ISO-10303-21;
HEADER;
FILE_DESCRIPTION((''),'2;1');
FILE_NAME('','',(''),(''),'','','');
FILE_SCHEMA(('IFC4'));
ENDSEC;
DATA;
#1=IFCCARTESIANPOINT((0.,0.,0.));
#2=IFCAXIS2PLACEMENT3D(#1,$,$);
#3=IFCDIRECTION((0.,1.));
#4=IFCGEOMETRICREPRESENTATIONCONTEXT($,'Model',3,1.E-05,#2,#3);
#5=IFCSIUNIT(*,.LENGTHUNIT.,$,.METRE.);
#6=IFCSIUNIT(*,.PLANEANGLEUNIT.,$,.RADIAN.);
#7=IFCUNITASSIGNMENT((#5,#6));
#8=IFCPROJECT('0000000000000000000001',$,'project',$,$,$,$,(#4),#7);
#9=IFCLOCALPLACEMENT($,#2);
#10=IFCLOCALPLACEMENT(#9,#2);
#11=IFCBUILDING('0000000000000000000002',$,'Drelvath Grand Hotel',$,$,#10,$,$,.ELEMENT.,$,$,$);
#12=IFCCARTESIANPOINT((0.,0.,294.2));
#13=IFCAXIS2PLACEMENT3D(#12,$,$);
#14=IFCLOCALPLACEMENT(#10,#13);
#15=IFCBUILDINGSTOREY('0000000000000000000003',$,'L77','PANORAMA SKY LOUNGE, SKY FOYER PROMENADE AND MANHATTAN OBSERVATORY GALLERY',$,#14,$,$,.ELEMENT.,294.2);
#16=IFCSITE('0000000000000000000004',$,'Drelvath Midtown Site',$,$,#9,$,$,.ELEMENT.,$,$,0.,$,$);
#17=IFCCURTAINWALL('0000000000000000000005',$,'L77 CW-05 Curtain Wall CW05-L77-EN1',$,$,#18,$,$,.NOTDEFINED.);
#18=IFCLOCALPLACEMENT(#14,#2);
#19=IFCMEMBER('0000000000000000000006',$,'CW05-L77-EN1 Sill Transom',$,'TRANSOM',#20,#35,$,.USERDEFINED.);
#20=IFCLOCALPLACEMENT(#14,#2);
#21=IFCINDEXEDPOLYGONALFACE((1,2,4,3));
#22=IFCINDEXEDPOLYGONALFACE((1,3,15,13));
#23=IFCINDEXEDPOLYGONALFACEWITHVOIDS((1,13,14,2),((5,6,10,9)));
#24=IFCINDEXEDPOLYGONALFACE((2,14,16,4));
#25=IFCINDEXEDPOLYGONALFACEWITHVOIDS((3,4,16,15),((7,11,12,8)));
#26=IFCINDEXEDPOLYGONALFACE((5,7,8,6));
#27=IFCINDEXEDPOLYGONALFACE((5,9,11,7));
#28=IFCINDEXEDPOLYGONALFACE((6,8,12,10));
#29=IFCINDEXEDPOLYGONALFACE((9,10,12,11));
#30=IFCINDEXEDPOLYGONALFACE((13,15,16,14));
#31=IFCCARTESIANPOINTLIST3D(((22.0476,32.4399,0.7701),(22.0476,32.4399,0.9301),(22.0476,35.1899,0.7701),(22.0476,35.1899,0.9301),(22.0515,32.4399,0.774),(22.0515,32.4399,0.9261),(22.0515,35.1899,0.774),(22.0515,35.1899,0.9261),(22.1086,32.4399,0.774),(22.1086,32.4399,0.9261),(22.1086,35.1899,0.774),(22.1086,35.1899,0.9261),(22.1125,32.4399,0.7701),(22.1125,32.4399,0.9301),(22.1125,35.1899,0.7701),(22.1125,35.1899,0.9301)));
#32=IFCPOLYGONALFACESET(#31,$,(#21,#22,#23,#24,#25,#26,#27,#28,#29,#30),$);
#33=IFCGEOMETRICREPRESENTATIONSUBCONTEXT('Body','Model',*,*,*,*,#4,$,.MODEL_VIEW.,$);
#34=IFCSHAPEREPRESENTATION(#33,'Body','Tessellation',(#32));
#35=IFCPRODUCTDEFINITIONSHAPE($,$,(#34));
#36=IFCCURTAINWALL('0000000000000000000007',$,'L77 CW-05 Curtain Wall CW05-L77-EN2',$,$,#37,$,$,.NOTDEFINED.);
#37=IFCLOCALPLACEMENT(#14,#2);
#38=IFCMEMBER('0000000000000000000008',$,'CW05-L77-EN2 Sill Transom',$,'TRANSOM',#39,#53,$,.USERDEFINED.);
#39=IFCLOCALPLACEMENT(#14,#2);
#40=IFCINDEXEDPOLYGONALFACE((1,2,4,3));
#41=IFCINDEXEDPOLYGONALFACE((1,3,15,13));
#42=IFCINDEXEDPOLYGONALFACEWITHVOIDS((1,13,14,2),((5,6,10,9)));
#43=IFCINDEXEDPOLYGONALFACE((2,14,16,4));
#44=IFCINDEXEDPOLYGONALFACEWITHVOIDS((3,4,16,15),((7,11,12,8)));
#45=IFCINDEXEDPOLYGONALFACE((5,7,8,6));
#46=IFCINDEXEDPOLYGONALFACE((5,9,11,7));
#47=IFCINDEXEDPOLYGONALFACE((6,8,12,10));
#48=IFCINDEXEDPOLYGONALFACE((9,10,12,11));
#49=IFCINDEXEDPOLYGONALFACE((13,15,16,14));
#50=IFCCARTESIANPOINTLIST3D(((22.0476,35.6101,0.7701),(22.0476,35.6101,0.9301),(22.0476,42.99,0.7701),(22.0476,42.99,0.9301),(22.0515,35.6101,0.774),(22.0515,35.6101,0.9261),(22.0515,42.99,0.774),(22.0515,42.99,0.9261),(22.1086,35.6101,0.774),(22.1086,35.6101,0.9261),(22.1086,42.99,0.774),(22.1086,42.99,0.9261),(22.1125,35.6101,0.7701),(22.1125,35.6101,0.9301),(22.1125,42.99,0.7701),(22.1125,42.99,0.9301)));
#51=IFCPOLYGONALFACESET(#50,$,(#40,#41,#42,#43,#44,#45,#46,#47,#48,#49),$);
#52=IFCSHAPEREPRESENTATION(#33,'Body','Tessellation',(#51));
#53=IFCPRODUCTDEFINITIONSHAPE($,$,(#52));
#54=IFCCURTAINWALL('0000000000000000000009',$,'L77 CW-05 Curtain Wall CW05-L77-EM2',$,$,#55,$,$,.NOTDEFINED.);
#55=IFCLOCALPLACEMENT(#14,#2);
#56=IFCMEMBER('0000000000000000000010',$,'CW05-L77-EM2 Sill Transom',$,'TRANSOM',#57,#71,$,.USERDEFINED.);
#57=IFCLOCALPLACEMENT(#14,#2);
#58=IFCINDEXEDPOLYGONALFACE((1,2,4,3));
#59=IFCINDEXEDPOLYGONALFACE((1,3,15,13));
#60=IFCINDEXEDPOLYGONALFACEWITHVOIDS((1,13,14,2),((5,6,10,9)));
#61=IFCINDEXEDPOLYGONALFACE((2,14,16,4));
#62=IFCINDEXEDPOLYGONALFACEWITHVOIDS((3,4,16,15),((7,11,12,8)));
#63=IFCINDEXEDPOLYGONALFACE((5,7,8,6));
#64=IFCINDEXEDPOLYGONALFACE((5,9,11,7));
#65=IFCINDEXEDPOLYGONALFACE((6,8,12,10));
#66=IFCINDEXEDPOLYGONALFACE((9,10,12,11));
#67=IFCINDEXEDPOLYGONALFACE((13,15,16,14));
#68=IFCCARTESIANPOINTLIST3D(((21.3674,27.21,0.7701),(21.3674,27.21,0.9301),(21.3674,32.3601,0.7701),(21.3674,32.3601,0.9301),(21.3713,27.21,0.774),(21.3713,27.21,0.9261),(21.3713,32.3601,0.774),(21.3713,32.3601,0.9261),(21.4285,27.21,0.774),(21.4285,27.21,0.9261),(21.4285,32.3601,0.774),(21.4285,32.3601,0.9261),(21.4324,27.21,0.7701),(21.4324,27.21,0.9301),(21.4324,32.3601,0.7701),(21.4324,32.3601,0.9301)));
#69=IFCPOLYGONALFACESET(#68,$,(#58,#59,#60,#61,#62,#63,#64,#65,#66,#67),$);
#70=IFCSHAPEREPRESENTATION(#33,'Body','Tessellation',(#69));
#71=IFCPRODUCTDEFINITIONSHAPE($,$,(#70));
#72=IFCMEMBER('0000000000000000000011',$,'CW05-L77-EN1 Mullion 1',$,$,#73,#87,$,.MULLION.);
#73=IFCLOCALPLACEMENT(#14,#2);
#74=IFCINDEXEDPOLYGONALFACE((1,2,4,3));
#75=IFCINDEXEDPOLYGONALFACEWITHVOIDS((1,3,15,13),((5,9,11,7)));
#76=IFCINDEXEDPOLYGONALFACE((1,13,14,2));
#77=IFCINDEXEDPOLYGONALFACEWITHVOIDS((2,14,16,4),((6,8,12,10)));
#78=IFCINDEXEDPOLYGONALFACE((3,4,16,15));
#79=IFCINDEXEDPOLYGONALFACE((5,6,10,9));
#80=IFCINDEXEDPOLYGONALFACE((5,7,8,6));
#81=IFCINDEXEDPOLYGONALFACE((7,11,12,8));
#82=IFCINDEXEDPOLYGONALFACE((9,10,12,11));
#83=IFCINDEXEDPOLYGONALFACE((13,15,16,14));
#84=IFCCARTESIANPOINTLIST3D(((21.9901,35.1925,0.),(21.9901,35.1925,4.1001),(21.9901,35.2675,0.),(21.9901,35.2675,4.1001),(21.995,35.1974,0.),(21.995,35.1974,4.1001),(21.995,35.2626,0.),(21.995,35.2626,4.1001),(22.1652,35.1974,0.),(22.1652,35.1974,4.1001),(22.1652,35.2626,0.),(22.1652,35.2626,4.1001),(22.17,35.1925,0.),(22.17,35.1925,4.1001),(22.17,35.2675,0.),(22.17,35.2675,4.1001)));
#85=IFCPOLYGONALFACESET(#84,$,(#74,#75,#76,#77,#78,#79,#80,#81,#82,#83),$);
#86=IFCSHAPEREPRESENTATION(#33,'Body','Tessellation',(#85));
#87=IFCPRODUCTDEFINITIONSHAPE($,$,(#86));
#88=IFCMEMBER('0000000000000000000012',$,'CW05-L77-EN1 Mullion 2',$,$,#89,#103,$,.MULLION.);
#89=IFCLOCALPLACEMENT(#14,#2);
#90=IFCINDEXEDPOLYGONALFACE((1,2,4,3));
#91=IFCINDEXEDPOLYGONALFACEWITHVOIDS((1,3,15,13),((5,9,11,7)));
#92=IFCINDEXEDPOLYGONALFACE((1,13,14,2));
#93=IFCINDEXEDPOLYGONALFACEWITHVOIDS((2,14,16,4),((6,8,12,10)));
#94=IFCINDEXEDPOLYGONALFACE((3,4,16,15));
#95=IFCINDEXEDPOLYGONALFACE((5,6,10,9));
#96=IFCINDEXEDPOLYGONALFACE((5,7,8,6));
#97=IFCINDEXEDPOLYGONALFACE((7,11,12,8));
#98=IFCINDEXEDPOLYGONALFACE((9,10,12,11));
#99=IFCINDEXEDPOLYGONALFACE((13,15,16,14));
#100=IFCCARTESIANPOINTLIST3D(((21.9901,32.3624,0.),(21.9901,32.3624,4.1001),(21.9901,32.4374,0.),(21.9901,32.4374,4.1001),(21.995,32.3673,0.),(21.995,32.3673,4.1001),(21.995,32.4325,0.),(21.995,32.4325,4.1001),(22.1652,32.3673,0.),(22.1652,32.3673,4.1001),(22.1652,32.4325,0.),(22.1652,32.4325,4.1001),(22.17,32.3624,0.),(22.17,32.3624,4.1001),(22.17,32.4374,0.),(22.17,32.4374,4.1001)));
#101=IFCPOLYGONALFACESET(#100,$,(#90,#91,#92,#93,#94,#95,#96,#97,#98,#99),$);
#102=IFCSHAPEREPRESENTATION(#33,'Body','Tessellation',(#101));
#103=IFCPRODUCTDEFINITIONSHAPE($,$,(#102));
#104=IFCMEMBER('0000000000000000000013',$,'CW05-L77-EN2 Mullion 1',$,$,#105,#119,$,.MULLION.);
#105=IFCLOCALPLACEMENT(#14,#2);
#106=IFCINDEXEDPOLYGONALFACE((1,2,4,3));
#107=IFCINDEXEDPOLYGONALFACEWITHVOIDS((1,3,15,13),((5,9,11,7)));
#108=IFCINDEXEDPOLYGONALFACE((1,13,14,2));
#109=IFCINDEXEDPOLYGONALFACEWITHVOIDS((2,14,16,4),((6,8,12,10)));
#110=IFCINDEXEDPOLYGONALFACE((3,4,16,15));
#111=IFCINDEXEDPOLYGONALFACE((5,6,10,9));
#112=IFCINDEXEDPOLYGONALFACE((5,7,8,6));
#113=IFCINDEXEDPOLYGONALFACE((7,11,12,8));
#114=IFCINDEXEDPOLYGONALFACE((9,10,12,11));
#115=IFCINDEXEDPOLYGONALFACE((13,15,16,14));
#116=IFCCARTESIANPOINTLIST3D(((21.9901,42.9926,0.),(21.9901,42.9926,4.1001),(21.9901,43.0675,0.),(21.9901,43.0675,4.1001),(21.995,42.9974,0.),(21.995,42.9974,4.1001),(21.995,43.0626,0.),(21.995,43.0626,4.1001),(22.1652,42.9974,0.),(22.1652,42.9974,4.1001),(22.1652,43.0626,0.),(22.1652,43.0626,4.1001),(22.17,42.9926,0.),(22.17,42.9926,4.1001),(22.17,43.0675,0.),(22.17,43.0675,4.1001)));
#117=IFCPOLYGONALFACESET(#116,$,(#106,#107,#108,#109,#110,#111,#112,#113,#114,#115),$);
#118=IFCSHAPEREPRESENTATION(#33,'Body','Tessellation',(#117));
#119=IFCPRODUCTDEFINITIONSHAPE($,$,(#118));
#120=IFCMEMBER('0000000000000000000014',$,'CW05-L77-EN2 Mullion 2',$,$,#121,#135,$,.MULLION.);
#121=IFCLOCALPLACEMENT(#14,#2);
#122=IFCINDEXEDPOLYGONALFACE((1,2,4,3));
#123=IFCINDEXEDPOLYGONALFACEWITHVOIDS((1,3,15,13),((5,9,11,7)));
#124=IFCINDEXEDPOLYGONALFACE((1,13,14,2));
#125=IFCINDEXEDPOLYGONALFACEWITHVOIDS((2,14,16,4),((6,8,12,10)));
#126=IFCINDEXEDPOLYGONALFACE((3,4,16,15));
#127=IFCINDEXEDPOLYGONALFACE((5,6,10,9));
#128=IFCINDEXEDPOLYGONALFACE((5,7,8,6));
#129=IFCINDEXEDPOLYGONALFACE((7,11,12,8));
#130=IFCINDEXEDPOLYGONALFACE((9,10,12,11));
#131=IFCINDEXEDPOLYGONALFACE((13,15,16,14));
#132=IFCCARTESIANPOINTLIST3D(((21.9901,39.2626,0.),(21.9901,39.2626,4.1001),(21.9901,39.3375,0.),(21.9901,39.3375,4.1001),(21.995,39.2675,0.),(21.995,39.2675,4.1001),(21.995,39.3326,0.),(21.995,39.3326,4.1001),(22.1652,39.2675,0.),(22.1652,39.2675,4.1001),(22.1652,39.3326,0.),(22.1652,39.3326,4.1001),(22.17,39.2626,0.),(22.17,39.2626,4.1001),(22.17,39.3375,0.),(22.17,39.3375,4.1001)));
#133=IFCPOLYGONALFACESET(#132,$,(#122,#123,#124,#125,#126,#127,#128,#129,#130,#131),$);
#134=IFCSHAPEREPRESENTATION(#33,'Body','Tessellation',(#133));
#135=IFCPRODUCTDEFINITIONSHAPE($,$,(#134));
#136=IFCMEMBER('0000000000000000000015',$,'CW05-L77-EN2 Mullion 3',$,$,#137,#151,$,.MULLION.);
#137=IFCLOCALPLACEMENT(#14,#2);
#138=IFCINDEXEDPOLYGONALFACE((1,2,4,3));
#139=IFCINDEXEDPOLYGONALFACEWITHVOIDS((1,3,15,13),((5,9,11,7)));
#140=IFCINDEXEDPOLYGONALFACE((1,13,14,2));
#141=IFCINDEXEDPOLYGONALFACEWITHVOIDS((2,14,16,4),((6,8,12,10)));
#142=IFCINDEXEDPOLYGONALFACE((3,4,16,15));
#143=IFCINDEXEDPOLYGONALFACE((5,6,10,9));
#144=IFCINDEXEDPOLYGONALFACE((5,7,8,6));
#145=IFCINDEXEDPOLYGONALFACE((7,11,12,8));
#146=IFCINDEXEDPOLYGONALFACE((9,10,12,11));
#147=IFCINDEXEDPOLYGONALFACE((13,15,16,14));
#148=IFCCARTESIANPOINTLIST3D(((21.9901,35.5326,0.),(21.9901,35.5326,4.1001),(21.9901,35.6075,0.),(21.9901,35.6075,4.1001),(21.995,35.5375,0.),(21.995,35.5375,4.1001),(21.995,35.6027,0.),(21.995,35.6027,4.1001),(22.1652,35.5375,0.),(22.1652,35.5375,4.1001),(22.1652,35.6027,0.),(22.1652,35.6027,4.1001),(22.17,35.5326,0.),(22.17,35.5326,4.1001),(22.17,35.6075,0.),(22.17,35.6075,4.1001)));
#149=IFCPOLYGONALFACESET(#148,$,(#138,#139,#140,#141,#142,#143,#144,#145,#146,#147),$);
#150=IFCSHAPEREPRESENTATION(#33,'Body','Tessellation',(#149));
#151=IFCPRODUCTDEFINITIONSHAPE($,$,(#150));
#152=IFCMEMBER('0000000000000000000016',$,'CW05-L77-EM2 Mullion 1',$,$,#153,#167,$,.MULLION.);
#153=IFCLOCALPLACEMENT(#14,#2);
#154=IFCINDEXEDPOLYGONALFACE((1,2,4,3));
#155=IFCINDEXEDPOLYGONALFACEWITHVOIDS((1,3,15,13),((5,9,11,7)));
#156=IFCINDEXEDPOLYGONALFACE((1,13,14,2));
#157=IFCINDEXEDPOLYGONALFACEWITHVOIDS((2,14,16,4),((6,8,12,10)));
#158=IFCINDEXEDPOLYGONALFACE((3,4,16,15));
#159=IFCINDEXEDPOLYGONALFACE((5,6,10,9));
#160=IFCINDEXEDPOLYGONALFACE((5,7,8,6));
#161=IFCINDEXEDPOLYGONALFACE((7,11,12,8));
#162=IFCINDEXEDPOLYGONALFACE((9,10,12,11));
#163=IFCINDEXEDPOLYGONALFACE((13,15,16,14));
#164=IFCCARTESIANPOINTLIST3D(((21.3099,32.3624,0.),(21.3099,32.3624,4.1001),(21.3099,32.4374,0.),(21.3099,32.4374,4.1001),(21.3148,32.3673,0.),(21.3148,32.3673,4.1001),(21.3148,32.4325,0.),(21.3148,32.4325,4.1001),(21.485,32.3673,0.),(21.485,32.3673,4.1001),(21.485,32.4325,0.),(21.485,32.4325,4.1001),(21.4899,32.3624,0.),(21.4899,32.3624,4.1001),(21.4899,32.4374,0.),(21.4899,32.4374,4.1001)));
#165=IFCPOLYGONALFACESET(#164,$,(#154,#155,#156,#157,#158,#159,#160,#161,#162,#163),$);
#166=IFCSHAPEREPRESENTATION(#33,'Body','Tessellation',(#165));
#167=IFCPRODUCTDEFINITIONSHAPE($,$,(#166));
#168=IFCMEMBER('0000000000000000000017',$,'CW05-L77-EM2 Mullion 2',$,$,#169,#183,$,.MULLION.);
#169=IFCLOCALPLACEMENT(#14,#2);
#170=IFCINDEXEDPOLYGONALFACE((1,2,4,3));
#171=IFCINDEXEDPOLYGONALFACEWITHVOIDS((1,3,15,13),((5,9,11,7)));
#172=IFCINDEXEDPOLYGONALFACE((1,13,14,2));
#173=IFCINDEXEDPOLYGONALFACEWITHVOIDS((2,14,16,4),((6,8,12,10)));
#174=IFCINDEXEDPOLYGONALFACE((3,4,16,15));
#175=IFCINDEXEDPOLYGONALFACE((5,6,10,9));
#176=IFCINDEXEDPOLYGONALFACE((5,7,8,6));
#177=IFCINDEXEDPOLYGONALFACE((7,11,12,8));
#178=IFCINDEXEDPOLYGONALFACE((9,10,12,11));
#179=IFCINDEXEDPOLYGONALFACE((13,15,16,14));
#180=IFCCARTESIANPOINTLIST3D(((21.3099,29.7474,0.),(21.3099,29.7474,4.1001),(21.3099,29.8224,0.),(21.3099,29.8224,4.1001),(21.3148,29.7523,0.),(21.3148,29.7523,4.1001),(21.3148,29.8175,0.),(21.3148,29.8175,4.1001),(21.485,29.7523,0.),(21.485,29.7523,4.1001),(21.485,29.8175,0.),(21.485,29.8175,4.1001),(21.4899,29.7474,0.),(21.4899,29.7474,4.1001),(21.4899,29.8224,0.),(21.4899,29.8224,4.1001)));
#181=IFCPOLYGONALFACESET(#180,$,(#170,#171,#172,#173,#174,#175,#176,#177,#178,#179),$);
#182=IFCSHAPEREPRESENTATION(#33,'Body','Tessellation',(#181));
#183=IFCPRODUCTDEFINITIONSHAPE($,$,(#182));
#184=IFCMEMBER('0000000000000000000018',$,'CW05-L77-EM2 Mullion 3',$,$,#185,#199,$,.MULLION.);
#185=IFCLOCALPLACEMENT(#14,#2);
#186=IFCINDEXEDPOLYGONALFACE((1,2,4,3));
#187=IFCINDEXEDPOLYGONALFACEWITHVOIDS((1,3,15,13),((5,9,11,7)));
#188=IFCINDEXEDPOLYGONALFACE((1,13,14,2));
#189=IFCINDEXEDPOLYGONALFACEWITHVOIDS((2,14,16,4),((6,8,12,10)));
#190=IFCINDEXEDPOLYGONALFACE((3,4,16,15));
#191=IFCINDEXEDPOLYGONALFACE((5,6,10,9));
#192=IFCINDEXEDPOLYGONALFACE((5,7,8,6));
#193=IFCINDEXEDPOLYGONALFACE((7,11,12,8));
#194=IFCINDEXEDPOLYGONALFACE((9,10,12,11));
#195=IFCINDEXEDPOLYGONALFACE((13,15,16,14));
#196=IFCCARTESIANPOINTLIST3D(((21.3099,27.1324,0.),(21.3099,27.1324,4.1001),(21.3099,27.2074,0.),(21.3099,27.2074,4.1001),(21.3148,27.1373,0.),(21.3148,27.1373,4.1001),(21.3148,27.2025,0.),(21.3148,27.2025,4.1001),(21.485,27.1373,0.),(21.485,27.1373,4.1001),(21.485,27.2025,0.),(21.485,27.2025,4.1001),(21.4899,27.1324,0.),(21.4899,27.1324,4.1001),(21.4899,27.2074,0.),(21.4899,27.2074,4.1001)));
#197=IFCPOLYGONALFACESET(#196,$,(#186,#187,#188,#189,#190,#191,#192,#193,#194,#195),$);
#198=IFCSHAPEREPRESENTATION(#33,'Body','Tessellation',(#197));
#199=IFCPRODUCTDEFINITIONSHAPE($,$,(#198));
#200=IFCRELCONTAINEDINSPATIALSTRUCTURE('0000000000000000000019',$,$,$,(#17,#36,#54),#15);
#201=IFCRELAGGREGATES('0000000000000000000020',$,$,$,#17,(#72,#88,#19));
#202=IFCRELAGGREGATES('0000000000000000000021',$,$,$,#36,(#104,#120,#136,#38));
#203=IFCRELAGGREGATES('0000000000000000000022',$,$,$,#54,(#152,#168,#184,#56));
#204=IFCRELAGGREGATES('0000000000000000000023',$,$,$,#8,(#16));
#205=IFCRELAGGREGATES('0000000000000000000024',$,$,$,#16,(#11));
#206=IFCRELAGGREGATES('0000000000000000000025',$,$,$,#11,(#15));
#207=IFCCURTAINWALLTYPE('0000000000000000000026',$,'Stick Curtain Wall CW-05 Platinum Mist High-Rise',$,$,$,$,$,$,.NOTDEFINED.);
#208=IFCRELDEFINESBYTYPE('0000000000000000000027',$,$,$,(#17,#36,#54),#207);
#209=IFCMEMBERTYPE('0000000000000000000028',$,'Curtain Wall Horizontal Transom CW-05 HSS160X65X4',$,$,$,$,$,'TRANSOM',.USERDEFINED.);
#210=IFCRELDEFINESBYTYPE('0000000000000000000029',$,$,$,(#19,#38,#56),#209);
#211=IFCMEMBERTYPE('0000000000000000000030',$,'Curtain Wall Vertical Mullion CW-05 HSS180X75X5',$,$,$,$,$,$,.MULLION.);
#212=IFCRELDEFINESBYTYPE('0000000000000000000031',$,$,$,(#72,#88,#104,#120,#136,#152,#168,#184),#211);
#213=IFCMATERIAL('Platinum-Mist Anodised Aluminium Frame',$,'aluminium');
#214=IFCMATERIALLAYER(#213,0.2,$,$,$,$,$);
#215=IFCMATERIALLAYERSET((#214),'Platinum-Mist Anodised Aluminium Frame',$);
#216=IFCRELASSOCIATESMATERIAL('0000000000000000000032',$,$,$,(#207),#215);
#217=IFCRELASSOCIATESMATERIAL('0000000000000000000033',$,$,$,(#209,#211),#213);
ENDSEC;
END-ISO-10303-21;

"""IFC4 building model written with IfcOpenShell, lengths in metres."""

from ifc_helpers import new_model, si_unit, direction, frame, origin, origin_2d, place, context, subcontext, project, spatial, hollow_rectangle, extrude, material, layer, layer_set, material_profile, profile_set, type_object, element, aggregate, save


model = new_model("IFC4")

# Units and contexts
model_context = context("Model", 3, precision=1e-05, world=origin(), true_north=direction((0.0, 1.0)))
body_context = subcontext(model_context, "Body", "Model", "MODEL_VIEW")
ifc_project = project(units=[si_unit("LENGTHUNIT", "METRE"), si_unit("PLANEANGLEUNIT", "RADIAN")], contexts=[model_context])

# Site, building, storey
site_placement = place(None, origin())
site = spatial("IfcSite", under=ifc_project, at=site_placement, Name="Drelvath Midtown Site", CompositionType="ELEMENT", RefElevation=0.0)
building_placement = place(site_placement, origin())
building = spatial("IfcBuilding", under=site, at=building_placement, Name="Drelvath Grand Hotel", CompositionType="ELEMENT")
storey_placement = place(building_placement, frame((0.0, 0.0, 294.2)))
storey = spatial("IfcBuildingStorey", under=building, at=storey_placement, Name="L77", Description="PANORAMA SKY LOUNGE, SKY FOYER PROMENADE AND MANHATTAN OBSERVATORY GALLERY", CompositionType="ELEMENT", Elevation=294.2)

# Curtain walls, members
ifc_material_1 = material(Name="Platinum-Mist Anodised Aluminium Frame", Category="aluminium")
ifc_layer_1 = layer(ifc_material_1, 0.2)
ifc_layer_set_1 = layer_set([ifc_layer_1], Name="Platinum-Mist Anodised Aluminium Frame")
curtain_wall_type = type_object("IfcCurtainWallType", Name="Stick Curtain Wall CW-05 Platinum Mist High-Rise", PredefinedType="NOTDEFINED", material=ifc_layer_set_1)
curtain_wall_1_placement = place(storey_placement, origin())
curtain_wall_1 = element("IfcCurtainWall", 1, at=curtain_wall_1_placement, inside=storey, type_object=curtain_wall_type, Name="L77 CW-05 Curtain Wall CW05-L77-EN1", PredefinedType="NOTDEFINED")
ifc_material_profile_1 = material_profile(ifc_material_1, hollow_rectangle(XDim=0.0649, YDim=0.1599, WallThickness=0.0039, at=origin_2d()), Name="HSS160X65X4")
ifc_profile_set_1 = profile_set([ifc_material_profile_1], Name="Platinum-Mist Anodised Aluminium Frame")
member_type_1 = type_object("IfcMemberType", Name="Curtain Wall Horizontal Transom CW-05 HSS160X65X4", ElementType="TRANSOM", PredefinedType="USERDEFINED", material=ifc_profile_set_1)
member_1_placement = place(storey_placement, frame((22.0801, 35.1899, 0.8501), z_axis=(0.0, -1.0, 0.0), x_axis=(1.0, 0.0, 0.0)))
member_1 = element("IfcMember", 2, at=member_1_placement, type_object=member_type_1, Name="CW05-L77-EN1 Sill Transom", ObjectType="TRANSOM", PredefinedType="USERDEFINED", context=body_context, shape_type="SweptSolid", body=[
    extrude(hollow_rectangle(XDim=0.0649, YDim=0.1599, WallThickness=0.0039, at=origin_2d()), origin(), (0.0, 0.0, 1.0), 2.75),
])
curtain_wall_2_placement = place(storey_placement, origin())
curtain_wall_2 = element("IfcCurtainWall", 3, at=curtain_wall_2_placement, inside=storey, type_object=curtain_wall_type, Name="L77 CW-05 Curtain Wall CW05-L77-EN2", PredefinedType="NOTDEFINED")
member_2_placement = place(storey_placement, frame((22.0801, 42.99, 0.8501), z_axis=(0.0, -1.0, 0.0), x_axis=(1.0, 0.0, 0.0)))
member_2 = element("IfcMember", 4, at=member_2_placement, type_object=member_type_1, Name="CW05-L77-EN2 Sill Transom", ObjectType="TRANSOM", PredefinedType="USERDEFINED", context=body_context, shape_type="SweptSolid", body=[
    extrude(hollow_rectangle(XDim=0.0649, YDim=0.1599, WallThickness=0.0039, at=origin_2d()), origin(), (0.0, 0.0, 1.0), 7.3799),
])
curtain_wall_3_placement = place(storey_placement, origin())
curtain_wall_3 = element("IfcCurtainWall", 5, at=curtain_wall_3_placement, inside=storey, type_object=curtain_wall_type, Name="L77 CW-05 Curtain Wall CW05-L77-EM2", PredefinedType="NOTDEFINED")
member_3_placement = place(storey_placement, frame((21.3999, 32.3601, 0.8501), z_axis=(0.0, -1.0, 0.0), x_axis=(1.0, 0.0, 0.0)))
member_3 = element("IfcMember", 6, at=member_3_placement, type_object=member_type_1, Name="CW05-L77-EM2 Sill Transom", ObjectType="TRANSOM", PredefinedType="USERDEFINED", context=body_context, shape_type="SweptSolid", body=[
    extrude(hollow_rectangle(XDim=0.0649, YDim=0.1599, WallThickness=0.0039, at=origin_2d()), origin(), (0.0, 0.0, 1.0), 5.1501),
])

# Members
ifc_material_profile_2 = material_profile(ifc_material_1, hollow_rectangle(XDim=0.075, YDim=0.1799, WallThickness=0.0049, at=origin_2d()), Name="HSS180X75X5")
ifc_profile_set_2 = profile_set([ifc_material_profile_2], Name="Platinum-Mist Anodised Aluminium Frame")
member_type_2 = type_object("IfcMemberType", Name="Curtain Wall Vertical Mullion CW-05 HSS180X75X5", PredefinedType="MULLION", material=ifc_profile_set_2)
member_4_placement = place(storey_placement, frame((22.0801, 35.23, 0.0), z_axis=(0.0, 0.0, 1.0), x_axis=(0.0, 1.0, 0.0)))
member_4 = element("IfcMember", 7, at=member_4_placement, type_object=member_type_2, Name="CW05-L77-EN1 Mullion 1", PredefinedType="MULLION", context=body_context, shape_type="SweptSolid", body=[
    extrude(hollow_rectangle(XDim=0.075, YDim=0.1799, WallThickness=0.0049, at=origin_2d()), origin(), (0.0, 0.0, 1.0), 4.1001),
])
member_5_placement = place(storey_placement, frame((22.0801, 32.3999, 0.0), z_axis=(0.0, 0.0, 1.0), x_axis=(0.0, 1.0, 0.0)))
member_5 = element("IfcMember", 8, at=member_5_placement, type_object=member_type_2, Name="CW05-L77-EN1 Mullion 2", PredefinedType="MULLION", context=body_context, shape_type="SweptSolid", body=[
    extrude(hollow_rectangle(XDim=0.075, YDim=0.1799, WallThickness=0.0049, at=origin_2d()), origin(), (0.0, 0.0, 1.0), 4.1001),
])
member_6_placement = place(storey_placement, frame((22.0801, 43.03, 0.0), z_axis=(0.0, 0.0, 1.0), x_axis=(0.0, 1.0, 0.0)))
member_6 = element("IfcMember", 9, at=member_6_placement, type_object=member_type_2, Name="CW05-L77-EN2 Mullion 1", PredefinedType="MULLION", context=body_context, shape_type="SweptSolid", body=[
    extrude(hollow_rectangle(XDim=0.075, YDim=0.1799, WallThickness=0.0049, at=origin_2d()), origin(), (0.0, 0.0, 1.0), 4.1001),
])
member_7_placement = place(storey_placement, frame((22.0801, 39.3, 0.0), z_axis=(0.0, 0.0, 1.0), x_axis=(0.0, 1.0, 0.0)))
member_7 = element("IfcMember", 10, at=member_7_placement, type_object=member_type_2, Name="CW05-L77-EN2 Mullion 2", PredefinedType="MULLION", context=body_context, shape_type="SweptSolid", body=[
    extrude(hollow_rectangle(XDim=0.075, YDim=0.1799, WallThickness=0.0049, at=origin_2d()), origin(), (0.0, 0.0, 1.0), 4.1001),
])
member_8_placement = place(storey_placement, frame((22.0801, 35.5701, 0.0), z_axis=(0.0, 0.0, 1.0), x_axis=(0.0, 1.0, 0.0)))
member_8 = element("IfcMember", 11, at=member_8_placement, type_object=member_type_2, Name="CW05-L77-EN2 Mullion 3", PredefinedType="MULLION", context=body_context, shape_type="SweptSolid", body=[
    extrude(hollow_rectangle(XDim=0.075, YDim=0.1799, WallThickness=0.0049, at=origin_2d()), origin(), (0.0, 0.0, 1.0), 4.1001),
])
member_9_placement = place(storey_placement, frame((21.3999, 32.3999, 0.0), z_axis=(0.0, 0.0, 1.0), x_axis=(0.0, 1.0, 0.0)))
member_9 = element("IfcMember", 12, at=member_9_placement, type_object=member_type_2, Name="CW05-L77-EM2 Mullion 1", PredefinedType="MULLION", context=body_context, shape_type="SweptSolid", body=[
    extrude(hollow_rectangle(XDim=0.075, YDim=0.1799, WallThickness=0.0049, at=origin_2d()), origin(), (0.0, 0.0, 1.0), 4.1001),
])
member_10_placement = place(storey_placement, frame((21.3999, 29.7849, 0.0), z_axis=(0.0, 0.0, 1.0), x_axis=(0.0, 1.0, 0.0)))
member_10 = element("IfcMember", 13, at=member_10_placement, type_object=member_type_2, Name="CW05-L77-EM2 Mullion 2", PredefinedType="MULLION", context=body_context, shape_type="SweptSolid", body=[
    extrude(hollow_rectangle(XDim=0.075, YDim=0.1799, WallThickness=0.0049, at=origin_2d()), origin(), (0.0, 0.0, 1.0), 4.1001),
])
member_11_placement = place(storey_placement, frame((21.3999, 27.1699, 0.0), z_axis=(0.0, 0.0, 1.0), x_axis=(0.0, 1.0, 0.0)))
member_11 = element("IfcMember", 14, at=member_11_placement, type_object=member_type_2, Name="CW05-L77-EM2 Mullion 3", PredefinedType="MULLION", context=body_context, shape_type="SweptSolid", body=[
    extrude(hollow_rectangle(XDim=0.075, YDim=0.1799, WallThickness=0.0049, at=origin_2d()), origin(), (0.0, 0.0, 1.0), 4.1001),
])

aggregate(curtain_wall_1, [member_4, member_5, member_1])
aggregate(curtain_wall_2, [member_6, member_7, member_8, member_2])
aggregate(curtain_wall_3, [member_9, member_10, member_11, member_3])

save(model, "model.ifc")
